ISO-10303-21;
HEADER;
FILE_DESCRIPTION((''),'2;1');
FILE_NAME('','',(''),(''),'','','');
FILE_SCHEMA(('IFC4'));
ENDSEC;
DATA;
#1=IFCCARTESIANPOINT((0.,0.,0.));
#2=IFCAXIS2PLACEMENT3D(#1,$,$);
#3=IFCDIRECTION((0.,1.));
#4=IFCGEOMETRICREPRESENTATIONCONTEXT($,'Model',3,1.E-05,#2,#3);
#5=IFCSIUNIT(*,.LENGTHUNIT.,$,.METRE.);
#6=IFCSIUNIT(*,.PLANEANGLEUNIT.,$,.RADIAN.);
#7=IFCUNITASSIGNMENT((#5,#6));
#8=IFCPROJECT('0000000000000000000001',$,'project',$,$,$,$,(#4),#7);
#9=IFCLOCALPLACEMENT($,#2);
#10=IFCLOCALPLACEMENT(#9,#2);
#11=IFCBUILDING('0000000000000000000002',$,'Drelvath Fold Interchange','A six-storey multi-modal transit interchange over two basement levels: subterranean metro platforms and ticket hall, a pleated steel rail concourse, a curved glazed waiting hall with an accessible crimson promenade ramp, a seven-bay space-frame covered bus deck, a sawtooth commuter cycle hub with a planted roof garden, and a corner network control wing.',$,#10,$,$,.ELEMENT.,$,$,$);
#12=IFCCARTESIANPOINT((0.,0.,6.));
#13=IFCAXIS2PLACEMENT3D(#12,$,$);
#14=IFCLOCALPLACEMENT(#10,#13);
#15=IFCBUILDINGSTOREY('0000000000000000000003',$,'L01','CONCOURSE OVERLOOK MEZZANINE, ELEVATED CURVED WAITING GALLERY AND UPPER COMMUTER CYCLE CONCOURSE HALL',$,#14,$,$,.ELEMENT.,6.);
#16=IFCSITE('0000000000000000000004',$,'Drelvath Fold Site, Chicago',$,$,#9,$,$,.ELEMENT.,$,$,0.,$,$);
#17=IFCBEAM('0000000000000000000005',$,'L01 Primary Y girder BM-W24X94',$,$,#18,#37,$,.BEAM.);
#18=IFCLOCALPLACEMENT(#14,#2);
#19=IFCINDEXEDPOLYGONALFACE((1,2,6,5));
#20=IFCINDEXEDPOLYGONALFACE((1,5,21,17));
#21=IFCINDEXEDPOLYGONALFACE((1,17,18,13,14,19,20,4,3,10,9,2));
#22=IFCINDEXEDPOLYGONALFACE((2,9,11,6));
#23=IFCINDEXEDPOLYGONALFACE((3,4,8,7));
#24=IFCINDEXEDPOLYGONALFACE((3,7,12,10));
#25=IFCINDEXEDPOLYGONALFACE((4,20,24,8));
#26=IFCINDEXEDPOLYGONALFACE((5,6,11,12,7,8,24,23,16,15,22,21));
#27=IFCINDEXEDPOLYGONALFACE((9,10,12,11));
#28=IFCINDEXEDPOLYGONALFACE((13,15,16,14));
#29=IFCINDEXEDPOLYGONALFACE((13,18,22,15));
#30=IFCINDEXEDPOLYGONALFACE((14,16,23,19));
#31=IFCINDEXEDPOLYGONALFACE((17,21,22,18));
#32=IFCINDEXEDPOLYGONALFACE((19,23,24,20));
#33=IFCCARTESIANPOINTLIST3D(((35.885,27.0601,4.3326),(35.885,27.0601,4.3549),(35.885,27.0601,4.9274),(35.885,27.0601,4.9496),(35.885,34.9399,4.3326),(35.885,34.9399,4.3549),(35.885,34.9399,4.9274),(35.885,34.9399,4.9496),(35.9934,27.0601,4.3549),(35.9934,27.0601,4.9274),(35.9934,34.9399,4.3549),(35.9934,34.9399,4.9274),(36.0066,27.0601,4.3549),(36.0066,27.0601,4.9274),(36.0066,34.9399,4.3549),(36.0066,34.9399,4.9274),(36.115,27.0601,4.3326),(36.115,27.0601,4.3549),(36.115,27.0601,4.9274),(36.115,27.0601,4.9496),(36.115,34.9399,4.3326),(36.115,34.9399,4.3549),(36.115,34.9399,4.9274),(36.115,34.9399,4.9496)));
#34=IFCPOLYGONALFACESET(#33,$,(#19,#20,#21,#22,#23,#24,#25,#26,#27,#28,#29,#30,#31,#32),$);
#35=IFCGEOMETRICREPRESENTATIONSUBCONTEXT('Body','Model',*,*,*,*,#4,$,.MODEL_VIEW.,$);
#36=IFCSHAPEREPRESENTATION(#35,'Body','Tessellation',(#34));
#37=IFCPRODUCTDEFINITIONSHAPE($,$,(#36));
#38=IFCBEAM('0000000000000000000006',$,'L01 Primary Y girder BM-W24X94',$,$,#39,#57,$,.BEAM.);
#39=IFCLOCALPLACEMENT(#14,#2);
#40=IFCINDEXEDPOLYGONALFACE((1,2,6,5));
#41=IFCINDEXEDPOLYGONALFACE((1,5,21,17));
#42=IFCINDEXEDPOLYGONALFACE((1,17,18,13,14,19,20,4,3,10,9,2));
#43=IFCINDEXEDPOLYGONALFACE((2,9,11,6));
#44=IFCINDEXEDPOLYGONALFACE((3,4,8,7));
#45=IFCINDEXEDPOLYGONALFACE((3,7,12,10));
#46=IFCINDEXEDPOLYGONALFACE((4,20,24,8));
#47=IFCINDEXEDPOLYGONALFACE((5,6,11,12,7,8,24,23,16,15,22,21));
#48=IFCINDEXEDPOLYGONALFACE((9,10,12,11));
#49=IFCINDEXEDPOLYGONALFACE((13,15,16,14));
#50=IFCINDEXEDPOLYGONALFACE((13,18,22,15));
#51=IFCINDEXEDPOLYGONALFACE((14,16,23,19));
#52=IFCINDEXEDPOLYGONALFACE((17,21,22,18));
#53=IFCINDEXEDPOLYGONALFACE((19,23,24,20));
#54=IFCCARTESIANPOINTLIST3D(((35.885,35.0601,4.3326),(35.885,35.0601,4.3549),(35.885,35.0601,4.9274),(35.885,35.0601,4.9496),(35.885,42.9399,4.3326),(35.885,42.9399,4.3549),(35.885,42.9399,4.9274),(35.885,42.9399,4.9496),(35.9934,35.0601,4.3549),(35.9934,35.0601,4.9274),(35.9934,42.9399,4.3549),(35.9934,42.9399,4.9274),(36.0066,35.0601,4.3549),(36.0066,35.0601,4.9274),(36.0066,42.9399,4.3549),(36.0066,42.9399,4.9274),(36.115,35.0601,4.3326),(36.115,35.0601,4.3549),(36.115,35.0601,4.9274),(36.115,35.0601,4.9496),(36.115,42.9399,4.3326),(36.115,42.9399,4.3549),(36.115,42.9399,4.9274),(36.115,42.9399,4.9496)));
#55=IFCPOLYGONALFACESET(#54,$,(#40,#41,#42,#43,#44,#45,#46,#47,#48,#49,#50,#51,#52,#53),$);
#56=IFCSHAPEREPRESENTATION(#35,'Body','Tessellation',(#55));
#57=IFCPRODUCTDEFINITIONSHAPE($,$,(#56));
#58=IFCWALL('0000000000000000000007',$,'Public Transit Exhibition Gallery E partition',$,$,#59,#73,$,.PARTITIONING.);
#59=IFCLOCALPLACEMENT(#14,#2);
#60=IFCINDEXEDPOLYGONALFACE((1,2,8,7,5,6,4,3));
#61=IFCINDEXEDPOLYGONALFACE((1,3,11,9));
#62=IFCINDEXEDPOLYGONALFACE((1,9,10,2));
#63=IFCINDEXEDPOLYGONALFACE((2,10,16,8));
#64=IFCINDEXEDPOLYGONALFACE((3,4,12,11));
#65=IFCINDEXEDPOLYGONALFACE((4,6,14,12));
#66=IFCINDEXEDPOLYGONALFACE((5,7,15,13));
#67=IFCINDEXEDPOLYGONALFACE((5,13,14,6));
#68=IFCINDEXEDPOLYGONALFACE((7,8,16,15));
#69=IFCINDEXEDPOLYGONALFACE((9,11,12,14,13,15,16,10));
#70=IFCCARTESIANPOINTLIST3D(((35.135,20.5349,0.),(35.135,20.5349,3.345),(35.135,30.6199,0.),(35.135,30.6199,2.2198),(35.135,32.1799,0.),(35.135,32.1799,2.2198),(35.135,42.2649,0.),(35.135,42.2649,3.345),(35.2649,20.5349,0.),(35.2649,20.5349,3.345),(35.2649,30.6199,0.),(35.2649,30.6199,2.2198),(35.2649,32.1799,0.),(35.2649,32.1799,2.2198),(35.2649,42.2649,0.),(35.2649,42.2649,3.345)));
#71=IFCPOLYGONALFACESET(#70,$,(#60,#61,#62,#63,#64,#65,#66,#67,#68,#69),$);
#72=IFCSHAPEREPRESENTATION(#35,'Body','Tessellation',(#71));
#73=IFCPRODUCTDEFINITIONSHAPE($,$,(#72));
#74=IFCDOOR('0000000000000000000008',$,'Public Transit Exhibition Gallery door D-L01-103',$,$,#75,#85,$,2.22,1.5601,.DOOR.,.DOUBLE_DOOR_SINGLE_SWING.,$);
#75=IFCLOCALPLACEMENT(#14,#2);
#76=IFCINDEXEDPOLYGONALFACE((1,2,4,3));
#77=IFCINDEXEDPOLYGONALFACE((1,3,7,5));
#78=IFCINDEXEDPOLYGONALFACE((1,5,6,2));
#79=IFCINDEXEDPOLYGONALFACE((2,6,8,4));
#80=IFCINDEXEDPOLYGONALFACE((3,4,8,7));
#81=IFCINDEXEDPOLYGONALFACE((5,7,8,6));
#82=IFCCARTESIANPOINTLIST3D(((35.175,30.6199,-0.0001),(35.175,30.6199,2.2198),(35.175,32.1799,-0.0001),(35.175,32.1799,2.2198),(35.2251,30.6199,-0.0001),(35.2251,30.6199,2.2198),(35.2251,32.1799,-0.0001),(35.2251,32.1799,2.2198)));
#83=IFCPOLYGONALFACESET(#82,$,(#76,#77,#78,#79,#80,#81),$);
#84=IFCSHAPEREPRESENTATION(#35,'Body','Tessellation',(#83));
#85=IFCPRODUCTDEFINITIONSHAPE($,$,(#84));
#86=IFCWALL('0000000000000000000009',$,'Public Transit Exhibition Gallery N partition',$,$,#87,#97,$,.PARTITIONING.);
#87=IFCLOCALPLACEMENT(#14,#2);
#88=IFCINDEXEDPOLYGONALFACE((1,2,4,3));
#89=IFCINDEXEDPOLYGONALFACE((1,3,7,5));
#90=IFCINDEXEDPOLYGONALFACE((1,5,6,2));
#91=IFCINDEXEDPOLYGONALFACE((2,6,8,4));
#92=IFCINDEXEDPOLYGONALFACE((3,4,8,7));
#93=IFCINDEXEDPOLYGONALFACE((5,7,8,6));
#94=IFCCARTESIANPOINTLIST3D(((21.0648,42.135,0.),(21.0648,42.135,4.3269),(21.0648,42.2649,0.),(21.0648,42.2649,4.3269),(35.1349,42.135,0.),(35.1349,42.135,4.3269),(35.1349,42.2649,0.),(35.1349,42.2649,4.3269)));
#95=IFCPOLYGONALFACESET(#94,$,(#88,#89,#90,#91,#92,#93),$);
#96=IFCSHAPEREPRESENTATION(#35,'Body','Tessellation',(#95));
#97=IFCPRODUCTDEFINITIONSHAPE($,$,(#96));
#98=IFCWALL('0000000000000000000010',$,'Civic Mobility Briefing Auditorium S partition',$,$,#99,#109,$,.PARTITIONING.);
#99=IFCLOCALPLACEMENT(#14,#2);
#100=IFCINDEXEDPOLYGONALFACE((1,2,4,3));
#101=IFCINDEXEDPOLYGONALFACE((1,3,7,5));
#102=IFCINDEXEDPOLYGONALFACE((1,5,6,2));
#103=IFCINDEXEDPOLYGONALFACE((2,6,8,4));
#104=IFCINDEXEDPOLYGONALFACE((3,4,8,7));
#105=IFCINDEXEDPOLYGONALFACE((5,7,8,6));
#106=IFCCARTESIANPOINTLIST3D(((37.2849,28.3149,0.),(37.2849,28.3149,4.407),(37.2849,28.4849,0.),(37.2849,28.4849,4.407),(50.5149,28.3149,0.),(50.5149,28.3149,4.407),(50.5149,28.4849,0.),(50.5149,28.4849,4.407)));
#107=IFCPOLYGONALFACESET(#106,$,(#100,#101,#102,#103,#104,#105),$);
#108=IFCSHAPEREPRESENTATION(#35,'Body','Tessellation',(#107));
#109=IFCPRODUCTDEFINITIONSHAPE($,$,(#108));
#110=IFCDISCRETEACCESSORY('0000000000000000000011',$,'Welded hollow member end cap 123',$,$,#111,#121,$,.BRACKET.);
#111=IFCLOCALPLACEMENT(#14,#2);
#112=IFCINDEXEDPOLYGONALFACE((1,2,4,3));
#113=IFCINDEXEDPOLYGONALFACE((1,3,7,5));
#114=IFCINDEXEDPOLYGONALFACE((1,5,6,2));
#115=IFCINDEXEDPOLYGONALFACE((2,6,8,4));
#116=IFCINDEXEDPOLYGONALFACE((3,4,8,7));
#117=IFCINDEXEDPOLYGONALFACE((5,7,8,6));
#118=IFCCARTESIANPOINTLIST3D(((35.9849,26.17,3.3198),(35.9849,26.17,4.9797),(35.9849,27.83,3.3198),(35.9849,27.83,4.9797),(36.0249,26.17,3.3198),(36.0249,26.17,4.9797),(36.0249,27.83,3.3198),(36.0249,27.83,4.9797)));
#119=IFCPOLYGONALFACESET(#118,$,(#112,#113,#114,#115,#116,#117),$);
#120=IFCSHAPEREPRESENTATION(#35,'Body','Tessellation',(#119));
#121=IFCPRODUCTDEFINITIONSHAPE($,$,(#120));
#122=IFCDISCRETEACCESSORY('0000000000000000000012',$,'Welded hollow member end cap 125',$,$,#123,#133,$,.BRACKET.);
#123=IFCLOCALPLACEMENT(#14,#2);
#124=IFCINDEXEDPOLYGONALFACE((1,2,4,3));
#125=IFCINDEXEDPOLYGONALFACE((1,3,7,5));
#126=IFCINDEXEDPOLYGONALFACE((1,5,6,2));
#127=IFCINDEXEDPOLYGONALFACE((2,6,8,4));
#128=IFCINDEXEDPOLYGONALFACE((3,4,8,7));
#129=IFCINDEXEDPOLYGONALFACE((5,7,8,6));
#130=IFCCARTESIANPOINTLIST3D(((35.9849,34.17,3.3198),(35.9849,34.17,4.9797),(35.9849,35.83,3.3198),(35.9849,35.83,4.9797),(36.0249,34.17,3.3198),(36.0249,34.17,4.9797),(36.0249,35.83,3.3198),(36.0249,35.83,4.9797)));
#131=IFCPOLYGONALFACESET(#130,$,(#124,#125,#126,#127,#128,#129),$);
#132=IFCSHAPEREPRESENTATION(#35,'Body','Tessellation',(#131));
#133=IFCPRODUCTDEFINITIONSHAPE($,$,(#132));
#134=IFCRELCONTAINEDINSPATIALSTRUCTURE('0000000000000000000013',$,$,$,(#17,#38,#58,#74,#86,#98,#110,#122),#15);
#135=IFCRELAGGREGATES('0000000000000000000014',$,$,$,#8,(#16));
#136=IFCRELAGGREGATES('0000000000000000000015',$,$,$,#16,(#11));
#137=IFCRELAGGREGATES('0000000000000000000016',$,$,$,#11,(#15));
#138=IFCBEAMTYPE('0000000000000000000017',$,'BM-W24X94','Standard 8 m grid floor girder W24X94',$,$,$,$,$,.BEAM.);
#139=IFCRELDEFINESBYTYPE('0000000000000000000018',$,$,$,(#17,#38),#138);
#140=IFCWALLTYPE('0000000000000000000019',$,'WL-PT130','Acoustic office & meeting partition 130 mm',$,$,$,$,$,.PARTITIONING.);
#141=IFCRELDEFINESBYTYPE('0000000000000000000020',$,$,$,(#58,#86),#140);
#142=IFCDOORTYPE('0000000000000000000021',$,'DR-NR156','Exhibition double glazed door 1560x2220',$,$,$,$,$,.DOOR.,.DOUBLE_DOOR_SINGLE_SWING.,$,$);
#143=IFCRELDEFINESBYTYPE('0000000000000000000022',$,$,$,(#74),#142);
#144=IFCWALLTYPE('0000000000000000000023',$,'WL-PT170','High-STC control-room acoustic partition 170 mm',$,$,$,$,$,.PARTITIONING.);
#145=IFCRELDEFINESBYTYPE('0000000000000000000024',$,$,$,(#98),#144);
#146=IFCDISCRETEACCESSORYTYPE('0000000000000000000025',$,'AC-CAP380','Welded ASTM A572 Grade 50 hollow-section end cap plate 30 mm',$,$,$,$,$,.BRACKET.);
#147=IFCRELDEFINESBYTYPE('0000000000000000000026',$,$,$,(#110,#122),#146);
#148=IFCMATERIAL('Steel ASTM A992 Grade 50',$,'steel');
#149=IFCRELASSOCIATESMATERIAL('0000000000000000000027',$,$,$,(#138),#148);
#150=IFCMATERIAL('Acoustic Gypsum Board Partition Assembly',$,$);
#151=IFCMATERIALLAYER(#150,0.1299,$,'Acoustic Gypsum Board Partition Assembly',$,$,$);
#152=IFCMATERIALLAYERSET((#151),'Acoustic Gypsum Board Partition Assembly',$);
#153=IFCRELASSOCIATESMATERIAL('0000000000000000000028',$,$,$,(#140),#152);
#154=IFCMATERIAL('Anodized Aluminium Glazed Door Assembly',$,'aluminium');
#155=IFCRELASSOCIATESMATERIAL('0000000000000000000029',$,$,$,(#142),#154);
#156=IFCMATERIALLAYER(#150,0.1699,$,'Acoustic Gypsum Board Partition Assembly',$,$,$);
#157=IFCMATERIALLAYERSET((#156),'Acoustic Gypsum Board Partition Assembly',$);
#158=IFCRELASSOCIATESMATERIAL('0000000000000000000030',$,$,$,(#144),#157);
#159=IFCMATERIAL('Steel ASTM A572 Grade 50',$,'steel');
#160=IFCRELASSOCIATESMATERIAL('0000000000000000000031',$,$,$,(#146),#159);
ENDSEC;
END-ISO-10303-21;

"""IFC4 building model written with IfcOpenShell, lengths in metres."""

from ifc_helpers import new_model, si_unit, direction, frame, frame_2d, origin, origin_2d, place, context, subcontext, project, spatial, rectangle, i_section, extrude, material, layer, layer_set, material_profile, profile_set, type_object, element, fill, save


model = new_model("IFC4")

# Units and contexts
model_context = context("Model", 3, precision=1e-05, world=origin(), true_north=direction((0.0, 1.0)))
body_context = subcontext(model_context, "Body", "Model", "MODEL_VIEW")
ifc_project = project(units=[si_unit("LENGTHUNIT", "METRE"), si_unit("PLANEANGLEUNIT", "RADIAN")], contexts=[model_context])

# Site, building, storey
site_placement = place(None, origin())
site = spatial("IfcSite", under=ifc_project, at=site_placement, Name="Drelvath Fold Site, Chicago", CompositionType="ELEMENT", RefElevation=0.0)
building_placement = place(site_placement, origin())
building = spatial("IfcBuilding", under=site, at=building_placement, Name="Drelvath Fold Interchange", Description="A six-storey multi-modal transit interchange over two basement levels: subterranean metro platforms and ticket hall, a pleated steel rail concourse, a curved glazed waiting hall with an accessible crimson promenade ramp, a seven-bay space-frame covered bus deck, a sawtooth commuter cycle hub with a planted roof garden, and a corner network control wing.", CompositionType="ELEMENT")
storey_placement = place(building_placement, frame((0.0, 0.0, 6.0)))
storey = spatial("IfcBuildingStorey", under=building, at=storey_placement, Name="L01", Description="CONCOURSE OVERLOOK MEZZANINE, ELEVATED CURVED WAITING GALLERY AND UPPER COMMUTER CYCLE CONCOURSE HALL", CompositionType="ELEMENT", Elevation=6.0)

# Shared definitions
ifc_material_1 = material(Name="Steel ASTM A992 Grade 50", Category="steel")

# Beams
ifc_material_profile_1 = material_profile(ifc_material_1, i_section(OverallWidth=0.23, OverallDepth=0.6169, WebThickness=0.0132, FlangeThickness=0.0222, at=origin_2d()), Name="W24X94")
ifc_profile_set_1 = profile_set([ifc_material_profile_1], Name="Steel ASTM A992 Grade 50")
beam_type_1 = type_object("IfcBeamType", Name="BM-W24X94", Description="Standard 8 m grid floor girder W24X94", PredefinedType="BEAM", material=ifc_profile_set_1)
for number, where, z_axis, x_axis, name in (
    (1, (36.0, 27.0601, 4.6411), (0.0, 1.0, 0.0), (-1.0, 0.0, 0.0), "L01 Primary Y girder BM-W24X94"),
    (2, (36.0, 35.0601, 4.6411), (0.0, 1.0, 0.0), (-1.0, 0.0, 0.0), "L01 Primary Y girder BM-W24X94"),
):
    element("IfcBeam", number, at=place(storey_placement, frame(where, z_axis=z_axis, x_axis=x_axis)), inside=storey, type_object=beam_type_1, Name=name, PredefinedType="BEAM", context=body_context, shape_type="SweptSolid", body=[
        extrude(i_section(OverallWidth=0.23, OverallDepth=0.6169, WebThickness=0.0132, FlangeThickness=0.0222, at=origin_2d()), origin(), (0.0, 0.0, 1.0), 7.8799),
    ])

# Wall, opening, door
ifc_material_2 = material(Name="Acoustic Gypsum Board Partition Assembly")
ifc_layer_1 = layer(ifc_material_2, 0.1299, Name="Acoustic Gypsum Board Partition Assembly")
ifc_layer_set_1 = layer_set([ifc_layer_1], Name="Acoustic Gypsum Board Partition Assembly")
wall_type_1 = type_object("IfcWallType", Name="WL-PT130", Description="Acoustic office & meeting partition 130 mm", PredefinedType="PARTITIONING", material=ifc_layer_set_1)
wall_1_placement = place(storey_placement, frame((35.2, 20.5349, 0.0), z_axis=(0.0, 0.0, 1.0), x_axis=(0.0, 1.0, 0.0)))
wall_1 = element("IfcWall", 3, at=wall_1_placement, inside=storey, type_object=wall_type_1, Name="Public Transit Exhibition Gallery E partition", PredefinedType="PARTITIONING", context=body_context, shape_type="SweptSolid", body=[
    extrude(rectangle(XDim=21.73, YDim=0.1299, at=frame_2d((10.865, 0.0))), origin(), (0.0, 0.0, 1.0), 3.345),
])
opening_placement = place(wall_1_placement, frame((10.085, 0.0, 0.0)))
opening = element("IfcOpeningElement", 4, at=opening_placement, cuts=wall_1, PredefinedType="OPENING", context=body_context, shape_type="SweptSolid", body=[
    extrude(rectangle(XDim=1.5601, YDim=2.22, at=frame_2d((0.78, 1.1099))), frame((0.0, 0.075, 0.0), z_axis=(0.0, -1.0, 0.0), x_axis=(1.0, 0.0, 0.0)), (0.0, 0.0, 1.0), 0.1499),
])
ifc_material_3 = material(Name="Anodized Aluminium Glazed Door Assembly", Category="aluminium")
door_type = type_object("IfcDoorType", Name="DR-NR156", Description="Exhibition double glazed door 1560x2220", OperationType="DOUBLE_DOOR_SINGLE_SWING", PredefinedType="DOOR", material=ifc_material_3)
door_placement = place(opening_placement, origin())
door = element("IfcDoor", 5, at=door_placement, inside=storey, type_object=door_type, Name="Public Transit Exhibition Gallery door D-L01-103", OperationType="DOUBLE_DOOR_SINGLE_SWING", OverallHeight=2.22, OverallWidth=1.5601, PredefinedType="DOOR", context=body_context, shape_type="SweptSolid", body=[
    extrude(rectangle(XDim=1.5601, YDim=2.22, at=frame_2d((0.78, 1.1099))), frame((0.0, 0.0249, 0.0), z_axis=(0.0, -1.0, 0.0), x_axis=(1.0, 0.0, 0.0)), (0.0, 0.0, 1.0), 0.05),
])
fill(opening, door)

# Walls
wall_2_placement = place(storey_placement, frame((35.135, 42.2, 0.0), z_axis=(0.0, 0.0, 1.0), x_axis=(-1.0, 0.0, 0.0)))
element("IfcWall", 6, at=wall_2_placement, inside=storey, type_object=wall_type_1, Name="Public Transit Exhibition Gallery N partition", PredefinedType="PARTITIONING", context=body_context, shape_type="SweptSolid", body=[
    extrude(rectangle(XDim=14.0701, YDim=0.1299, at=frame_2d((7.0352, 0.0))), origin(), (0.0, 0.0, 1.0), 4.3269),
])
ifc_layer_2 = layer(ifc_material_2, 0.1699, Name="Acoustic Gypsum Board Partition Assembly")
ifc_layer_set_2 = layer_set([ifc_layer_2], Name="Acoustic Gypsum Board Partition Assembly")
wall_type_2 = type_object("IfcWallType", Name="WL-PT170", Description="High-STC control-room acoustic partition 170 mm", PredefinedType="PARTITIONING", material=ifc_layer_set_2)
wall_3_placement = place(storey_placement, frame((37.2849, 28.3999, 0.0), z_axis=(0.0, 0.0, 1.0), x_axis=(1.0, 0.0, 0.0)))
element("IfcWall", 7, at=wall_3_placement, inside=storey, type_object=wall_type_2, Name="Civic Mobility Briefing Auditorium S partition", PredefinedType="PARTITIONING", context=body_context, shape_type="SweptSolid", body=[
    extrude(rectangle(XDim=13.23, YDim=0.1699, at=frame_2d((6.615, 0.0))), origin(), (0.0, 0.0, 1.0), 4.407),
])

# Discrete accessories
ifc_material_4 = material(Name="Steel ASTM A572 Grade 50", Category="steel")
discrete_accessory_type = type_object("IfcDiscreteAccessoryType", Name="AC-CAP380", Description="Welded ASTM A572 Grade 50 hollow-section end cap plate 30 mm", PredefinedType="BRACKET", material=ifc_material_4)
for number, where, z_axis, x_axis, name in (
    (8, (36.0049, 27.0, 3.3198), (0.0, 0.0, 1.0), (1.0, 0.0, 0.0), "Welded hollow member end cap 123"),
    (9, (36.0049, 35.0, 3.3198), (0.0, 0.0, 1.0), (1.0, 0.0, 0.0), "Welded hollow member end cap 125"),
):
    element("IfcDiscreteAccessory", number, at=place(storey_placement, frame(where, z_axis=z_axis, x_axis=x_axis)), inside=storey, type_object=discrete_accessory_type, Name=name, PredefinedType="BRACKET", context=body_context, shape_type="SweptSolid", body=[
        extrude(rectangle(XDim=0.04, YDim=1.6599, at=origin_2d()), origin(), (0.0, 0.0, 1.0), 1.6599),
    ])

save(model, "model.ifc")
